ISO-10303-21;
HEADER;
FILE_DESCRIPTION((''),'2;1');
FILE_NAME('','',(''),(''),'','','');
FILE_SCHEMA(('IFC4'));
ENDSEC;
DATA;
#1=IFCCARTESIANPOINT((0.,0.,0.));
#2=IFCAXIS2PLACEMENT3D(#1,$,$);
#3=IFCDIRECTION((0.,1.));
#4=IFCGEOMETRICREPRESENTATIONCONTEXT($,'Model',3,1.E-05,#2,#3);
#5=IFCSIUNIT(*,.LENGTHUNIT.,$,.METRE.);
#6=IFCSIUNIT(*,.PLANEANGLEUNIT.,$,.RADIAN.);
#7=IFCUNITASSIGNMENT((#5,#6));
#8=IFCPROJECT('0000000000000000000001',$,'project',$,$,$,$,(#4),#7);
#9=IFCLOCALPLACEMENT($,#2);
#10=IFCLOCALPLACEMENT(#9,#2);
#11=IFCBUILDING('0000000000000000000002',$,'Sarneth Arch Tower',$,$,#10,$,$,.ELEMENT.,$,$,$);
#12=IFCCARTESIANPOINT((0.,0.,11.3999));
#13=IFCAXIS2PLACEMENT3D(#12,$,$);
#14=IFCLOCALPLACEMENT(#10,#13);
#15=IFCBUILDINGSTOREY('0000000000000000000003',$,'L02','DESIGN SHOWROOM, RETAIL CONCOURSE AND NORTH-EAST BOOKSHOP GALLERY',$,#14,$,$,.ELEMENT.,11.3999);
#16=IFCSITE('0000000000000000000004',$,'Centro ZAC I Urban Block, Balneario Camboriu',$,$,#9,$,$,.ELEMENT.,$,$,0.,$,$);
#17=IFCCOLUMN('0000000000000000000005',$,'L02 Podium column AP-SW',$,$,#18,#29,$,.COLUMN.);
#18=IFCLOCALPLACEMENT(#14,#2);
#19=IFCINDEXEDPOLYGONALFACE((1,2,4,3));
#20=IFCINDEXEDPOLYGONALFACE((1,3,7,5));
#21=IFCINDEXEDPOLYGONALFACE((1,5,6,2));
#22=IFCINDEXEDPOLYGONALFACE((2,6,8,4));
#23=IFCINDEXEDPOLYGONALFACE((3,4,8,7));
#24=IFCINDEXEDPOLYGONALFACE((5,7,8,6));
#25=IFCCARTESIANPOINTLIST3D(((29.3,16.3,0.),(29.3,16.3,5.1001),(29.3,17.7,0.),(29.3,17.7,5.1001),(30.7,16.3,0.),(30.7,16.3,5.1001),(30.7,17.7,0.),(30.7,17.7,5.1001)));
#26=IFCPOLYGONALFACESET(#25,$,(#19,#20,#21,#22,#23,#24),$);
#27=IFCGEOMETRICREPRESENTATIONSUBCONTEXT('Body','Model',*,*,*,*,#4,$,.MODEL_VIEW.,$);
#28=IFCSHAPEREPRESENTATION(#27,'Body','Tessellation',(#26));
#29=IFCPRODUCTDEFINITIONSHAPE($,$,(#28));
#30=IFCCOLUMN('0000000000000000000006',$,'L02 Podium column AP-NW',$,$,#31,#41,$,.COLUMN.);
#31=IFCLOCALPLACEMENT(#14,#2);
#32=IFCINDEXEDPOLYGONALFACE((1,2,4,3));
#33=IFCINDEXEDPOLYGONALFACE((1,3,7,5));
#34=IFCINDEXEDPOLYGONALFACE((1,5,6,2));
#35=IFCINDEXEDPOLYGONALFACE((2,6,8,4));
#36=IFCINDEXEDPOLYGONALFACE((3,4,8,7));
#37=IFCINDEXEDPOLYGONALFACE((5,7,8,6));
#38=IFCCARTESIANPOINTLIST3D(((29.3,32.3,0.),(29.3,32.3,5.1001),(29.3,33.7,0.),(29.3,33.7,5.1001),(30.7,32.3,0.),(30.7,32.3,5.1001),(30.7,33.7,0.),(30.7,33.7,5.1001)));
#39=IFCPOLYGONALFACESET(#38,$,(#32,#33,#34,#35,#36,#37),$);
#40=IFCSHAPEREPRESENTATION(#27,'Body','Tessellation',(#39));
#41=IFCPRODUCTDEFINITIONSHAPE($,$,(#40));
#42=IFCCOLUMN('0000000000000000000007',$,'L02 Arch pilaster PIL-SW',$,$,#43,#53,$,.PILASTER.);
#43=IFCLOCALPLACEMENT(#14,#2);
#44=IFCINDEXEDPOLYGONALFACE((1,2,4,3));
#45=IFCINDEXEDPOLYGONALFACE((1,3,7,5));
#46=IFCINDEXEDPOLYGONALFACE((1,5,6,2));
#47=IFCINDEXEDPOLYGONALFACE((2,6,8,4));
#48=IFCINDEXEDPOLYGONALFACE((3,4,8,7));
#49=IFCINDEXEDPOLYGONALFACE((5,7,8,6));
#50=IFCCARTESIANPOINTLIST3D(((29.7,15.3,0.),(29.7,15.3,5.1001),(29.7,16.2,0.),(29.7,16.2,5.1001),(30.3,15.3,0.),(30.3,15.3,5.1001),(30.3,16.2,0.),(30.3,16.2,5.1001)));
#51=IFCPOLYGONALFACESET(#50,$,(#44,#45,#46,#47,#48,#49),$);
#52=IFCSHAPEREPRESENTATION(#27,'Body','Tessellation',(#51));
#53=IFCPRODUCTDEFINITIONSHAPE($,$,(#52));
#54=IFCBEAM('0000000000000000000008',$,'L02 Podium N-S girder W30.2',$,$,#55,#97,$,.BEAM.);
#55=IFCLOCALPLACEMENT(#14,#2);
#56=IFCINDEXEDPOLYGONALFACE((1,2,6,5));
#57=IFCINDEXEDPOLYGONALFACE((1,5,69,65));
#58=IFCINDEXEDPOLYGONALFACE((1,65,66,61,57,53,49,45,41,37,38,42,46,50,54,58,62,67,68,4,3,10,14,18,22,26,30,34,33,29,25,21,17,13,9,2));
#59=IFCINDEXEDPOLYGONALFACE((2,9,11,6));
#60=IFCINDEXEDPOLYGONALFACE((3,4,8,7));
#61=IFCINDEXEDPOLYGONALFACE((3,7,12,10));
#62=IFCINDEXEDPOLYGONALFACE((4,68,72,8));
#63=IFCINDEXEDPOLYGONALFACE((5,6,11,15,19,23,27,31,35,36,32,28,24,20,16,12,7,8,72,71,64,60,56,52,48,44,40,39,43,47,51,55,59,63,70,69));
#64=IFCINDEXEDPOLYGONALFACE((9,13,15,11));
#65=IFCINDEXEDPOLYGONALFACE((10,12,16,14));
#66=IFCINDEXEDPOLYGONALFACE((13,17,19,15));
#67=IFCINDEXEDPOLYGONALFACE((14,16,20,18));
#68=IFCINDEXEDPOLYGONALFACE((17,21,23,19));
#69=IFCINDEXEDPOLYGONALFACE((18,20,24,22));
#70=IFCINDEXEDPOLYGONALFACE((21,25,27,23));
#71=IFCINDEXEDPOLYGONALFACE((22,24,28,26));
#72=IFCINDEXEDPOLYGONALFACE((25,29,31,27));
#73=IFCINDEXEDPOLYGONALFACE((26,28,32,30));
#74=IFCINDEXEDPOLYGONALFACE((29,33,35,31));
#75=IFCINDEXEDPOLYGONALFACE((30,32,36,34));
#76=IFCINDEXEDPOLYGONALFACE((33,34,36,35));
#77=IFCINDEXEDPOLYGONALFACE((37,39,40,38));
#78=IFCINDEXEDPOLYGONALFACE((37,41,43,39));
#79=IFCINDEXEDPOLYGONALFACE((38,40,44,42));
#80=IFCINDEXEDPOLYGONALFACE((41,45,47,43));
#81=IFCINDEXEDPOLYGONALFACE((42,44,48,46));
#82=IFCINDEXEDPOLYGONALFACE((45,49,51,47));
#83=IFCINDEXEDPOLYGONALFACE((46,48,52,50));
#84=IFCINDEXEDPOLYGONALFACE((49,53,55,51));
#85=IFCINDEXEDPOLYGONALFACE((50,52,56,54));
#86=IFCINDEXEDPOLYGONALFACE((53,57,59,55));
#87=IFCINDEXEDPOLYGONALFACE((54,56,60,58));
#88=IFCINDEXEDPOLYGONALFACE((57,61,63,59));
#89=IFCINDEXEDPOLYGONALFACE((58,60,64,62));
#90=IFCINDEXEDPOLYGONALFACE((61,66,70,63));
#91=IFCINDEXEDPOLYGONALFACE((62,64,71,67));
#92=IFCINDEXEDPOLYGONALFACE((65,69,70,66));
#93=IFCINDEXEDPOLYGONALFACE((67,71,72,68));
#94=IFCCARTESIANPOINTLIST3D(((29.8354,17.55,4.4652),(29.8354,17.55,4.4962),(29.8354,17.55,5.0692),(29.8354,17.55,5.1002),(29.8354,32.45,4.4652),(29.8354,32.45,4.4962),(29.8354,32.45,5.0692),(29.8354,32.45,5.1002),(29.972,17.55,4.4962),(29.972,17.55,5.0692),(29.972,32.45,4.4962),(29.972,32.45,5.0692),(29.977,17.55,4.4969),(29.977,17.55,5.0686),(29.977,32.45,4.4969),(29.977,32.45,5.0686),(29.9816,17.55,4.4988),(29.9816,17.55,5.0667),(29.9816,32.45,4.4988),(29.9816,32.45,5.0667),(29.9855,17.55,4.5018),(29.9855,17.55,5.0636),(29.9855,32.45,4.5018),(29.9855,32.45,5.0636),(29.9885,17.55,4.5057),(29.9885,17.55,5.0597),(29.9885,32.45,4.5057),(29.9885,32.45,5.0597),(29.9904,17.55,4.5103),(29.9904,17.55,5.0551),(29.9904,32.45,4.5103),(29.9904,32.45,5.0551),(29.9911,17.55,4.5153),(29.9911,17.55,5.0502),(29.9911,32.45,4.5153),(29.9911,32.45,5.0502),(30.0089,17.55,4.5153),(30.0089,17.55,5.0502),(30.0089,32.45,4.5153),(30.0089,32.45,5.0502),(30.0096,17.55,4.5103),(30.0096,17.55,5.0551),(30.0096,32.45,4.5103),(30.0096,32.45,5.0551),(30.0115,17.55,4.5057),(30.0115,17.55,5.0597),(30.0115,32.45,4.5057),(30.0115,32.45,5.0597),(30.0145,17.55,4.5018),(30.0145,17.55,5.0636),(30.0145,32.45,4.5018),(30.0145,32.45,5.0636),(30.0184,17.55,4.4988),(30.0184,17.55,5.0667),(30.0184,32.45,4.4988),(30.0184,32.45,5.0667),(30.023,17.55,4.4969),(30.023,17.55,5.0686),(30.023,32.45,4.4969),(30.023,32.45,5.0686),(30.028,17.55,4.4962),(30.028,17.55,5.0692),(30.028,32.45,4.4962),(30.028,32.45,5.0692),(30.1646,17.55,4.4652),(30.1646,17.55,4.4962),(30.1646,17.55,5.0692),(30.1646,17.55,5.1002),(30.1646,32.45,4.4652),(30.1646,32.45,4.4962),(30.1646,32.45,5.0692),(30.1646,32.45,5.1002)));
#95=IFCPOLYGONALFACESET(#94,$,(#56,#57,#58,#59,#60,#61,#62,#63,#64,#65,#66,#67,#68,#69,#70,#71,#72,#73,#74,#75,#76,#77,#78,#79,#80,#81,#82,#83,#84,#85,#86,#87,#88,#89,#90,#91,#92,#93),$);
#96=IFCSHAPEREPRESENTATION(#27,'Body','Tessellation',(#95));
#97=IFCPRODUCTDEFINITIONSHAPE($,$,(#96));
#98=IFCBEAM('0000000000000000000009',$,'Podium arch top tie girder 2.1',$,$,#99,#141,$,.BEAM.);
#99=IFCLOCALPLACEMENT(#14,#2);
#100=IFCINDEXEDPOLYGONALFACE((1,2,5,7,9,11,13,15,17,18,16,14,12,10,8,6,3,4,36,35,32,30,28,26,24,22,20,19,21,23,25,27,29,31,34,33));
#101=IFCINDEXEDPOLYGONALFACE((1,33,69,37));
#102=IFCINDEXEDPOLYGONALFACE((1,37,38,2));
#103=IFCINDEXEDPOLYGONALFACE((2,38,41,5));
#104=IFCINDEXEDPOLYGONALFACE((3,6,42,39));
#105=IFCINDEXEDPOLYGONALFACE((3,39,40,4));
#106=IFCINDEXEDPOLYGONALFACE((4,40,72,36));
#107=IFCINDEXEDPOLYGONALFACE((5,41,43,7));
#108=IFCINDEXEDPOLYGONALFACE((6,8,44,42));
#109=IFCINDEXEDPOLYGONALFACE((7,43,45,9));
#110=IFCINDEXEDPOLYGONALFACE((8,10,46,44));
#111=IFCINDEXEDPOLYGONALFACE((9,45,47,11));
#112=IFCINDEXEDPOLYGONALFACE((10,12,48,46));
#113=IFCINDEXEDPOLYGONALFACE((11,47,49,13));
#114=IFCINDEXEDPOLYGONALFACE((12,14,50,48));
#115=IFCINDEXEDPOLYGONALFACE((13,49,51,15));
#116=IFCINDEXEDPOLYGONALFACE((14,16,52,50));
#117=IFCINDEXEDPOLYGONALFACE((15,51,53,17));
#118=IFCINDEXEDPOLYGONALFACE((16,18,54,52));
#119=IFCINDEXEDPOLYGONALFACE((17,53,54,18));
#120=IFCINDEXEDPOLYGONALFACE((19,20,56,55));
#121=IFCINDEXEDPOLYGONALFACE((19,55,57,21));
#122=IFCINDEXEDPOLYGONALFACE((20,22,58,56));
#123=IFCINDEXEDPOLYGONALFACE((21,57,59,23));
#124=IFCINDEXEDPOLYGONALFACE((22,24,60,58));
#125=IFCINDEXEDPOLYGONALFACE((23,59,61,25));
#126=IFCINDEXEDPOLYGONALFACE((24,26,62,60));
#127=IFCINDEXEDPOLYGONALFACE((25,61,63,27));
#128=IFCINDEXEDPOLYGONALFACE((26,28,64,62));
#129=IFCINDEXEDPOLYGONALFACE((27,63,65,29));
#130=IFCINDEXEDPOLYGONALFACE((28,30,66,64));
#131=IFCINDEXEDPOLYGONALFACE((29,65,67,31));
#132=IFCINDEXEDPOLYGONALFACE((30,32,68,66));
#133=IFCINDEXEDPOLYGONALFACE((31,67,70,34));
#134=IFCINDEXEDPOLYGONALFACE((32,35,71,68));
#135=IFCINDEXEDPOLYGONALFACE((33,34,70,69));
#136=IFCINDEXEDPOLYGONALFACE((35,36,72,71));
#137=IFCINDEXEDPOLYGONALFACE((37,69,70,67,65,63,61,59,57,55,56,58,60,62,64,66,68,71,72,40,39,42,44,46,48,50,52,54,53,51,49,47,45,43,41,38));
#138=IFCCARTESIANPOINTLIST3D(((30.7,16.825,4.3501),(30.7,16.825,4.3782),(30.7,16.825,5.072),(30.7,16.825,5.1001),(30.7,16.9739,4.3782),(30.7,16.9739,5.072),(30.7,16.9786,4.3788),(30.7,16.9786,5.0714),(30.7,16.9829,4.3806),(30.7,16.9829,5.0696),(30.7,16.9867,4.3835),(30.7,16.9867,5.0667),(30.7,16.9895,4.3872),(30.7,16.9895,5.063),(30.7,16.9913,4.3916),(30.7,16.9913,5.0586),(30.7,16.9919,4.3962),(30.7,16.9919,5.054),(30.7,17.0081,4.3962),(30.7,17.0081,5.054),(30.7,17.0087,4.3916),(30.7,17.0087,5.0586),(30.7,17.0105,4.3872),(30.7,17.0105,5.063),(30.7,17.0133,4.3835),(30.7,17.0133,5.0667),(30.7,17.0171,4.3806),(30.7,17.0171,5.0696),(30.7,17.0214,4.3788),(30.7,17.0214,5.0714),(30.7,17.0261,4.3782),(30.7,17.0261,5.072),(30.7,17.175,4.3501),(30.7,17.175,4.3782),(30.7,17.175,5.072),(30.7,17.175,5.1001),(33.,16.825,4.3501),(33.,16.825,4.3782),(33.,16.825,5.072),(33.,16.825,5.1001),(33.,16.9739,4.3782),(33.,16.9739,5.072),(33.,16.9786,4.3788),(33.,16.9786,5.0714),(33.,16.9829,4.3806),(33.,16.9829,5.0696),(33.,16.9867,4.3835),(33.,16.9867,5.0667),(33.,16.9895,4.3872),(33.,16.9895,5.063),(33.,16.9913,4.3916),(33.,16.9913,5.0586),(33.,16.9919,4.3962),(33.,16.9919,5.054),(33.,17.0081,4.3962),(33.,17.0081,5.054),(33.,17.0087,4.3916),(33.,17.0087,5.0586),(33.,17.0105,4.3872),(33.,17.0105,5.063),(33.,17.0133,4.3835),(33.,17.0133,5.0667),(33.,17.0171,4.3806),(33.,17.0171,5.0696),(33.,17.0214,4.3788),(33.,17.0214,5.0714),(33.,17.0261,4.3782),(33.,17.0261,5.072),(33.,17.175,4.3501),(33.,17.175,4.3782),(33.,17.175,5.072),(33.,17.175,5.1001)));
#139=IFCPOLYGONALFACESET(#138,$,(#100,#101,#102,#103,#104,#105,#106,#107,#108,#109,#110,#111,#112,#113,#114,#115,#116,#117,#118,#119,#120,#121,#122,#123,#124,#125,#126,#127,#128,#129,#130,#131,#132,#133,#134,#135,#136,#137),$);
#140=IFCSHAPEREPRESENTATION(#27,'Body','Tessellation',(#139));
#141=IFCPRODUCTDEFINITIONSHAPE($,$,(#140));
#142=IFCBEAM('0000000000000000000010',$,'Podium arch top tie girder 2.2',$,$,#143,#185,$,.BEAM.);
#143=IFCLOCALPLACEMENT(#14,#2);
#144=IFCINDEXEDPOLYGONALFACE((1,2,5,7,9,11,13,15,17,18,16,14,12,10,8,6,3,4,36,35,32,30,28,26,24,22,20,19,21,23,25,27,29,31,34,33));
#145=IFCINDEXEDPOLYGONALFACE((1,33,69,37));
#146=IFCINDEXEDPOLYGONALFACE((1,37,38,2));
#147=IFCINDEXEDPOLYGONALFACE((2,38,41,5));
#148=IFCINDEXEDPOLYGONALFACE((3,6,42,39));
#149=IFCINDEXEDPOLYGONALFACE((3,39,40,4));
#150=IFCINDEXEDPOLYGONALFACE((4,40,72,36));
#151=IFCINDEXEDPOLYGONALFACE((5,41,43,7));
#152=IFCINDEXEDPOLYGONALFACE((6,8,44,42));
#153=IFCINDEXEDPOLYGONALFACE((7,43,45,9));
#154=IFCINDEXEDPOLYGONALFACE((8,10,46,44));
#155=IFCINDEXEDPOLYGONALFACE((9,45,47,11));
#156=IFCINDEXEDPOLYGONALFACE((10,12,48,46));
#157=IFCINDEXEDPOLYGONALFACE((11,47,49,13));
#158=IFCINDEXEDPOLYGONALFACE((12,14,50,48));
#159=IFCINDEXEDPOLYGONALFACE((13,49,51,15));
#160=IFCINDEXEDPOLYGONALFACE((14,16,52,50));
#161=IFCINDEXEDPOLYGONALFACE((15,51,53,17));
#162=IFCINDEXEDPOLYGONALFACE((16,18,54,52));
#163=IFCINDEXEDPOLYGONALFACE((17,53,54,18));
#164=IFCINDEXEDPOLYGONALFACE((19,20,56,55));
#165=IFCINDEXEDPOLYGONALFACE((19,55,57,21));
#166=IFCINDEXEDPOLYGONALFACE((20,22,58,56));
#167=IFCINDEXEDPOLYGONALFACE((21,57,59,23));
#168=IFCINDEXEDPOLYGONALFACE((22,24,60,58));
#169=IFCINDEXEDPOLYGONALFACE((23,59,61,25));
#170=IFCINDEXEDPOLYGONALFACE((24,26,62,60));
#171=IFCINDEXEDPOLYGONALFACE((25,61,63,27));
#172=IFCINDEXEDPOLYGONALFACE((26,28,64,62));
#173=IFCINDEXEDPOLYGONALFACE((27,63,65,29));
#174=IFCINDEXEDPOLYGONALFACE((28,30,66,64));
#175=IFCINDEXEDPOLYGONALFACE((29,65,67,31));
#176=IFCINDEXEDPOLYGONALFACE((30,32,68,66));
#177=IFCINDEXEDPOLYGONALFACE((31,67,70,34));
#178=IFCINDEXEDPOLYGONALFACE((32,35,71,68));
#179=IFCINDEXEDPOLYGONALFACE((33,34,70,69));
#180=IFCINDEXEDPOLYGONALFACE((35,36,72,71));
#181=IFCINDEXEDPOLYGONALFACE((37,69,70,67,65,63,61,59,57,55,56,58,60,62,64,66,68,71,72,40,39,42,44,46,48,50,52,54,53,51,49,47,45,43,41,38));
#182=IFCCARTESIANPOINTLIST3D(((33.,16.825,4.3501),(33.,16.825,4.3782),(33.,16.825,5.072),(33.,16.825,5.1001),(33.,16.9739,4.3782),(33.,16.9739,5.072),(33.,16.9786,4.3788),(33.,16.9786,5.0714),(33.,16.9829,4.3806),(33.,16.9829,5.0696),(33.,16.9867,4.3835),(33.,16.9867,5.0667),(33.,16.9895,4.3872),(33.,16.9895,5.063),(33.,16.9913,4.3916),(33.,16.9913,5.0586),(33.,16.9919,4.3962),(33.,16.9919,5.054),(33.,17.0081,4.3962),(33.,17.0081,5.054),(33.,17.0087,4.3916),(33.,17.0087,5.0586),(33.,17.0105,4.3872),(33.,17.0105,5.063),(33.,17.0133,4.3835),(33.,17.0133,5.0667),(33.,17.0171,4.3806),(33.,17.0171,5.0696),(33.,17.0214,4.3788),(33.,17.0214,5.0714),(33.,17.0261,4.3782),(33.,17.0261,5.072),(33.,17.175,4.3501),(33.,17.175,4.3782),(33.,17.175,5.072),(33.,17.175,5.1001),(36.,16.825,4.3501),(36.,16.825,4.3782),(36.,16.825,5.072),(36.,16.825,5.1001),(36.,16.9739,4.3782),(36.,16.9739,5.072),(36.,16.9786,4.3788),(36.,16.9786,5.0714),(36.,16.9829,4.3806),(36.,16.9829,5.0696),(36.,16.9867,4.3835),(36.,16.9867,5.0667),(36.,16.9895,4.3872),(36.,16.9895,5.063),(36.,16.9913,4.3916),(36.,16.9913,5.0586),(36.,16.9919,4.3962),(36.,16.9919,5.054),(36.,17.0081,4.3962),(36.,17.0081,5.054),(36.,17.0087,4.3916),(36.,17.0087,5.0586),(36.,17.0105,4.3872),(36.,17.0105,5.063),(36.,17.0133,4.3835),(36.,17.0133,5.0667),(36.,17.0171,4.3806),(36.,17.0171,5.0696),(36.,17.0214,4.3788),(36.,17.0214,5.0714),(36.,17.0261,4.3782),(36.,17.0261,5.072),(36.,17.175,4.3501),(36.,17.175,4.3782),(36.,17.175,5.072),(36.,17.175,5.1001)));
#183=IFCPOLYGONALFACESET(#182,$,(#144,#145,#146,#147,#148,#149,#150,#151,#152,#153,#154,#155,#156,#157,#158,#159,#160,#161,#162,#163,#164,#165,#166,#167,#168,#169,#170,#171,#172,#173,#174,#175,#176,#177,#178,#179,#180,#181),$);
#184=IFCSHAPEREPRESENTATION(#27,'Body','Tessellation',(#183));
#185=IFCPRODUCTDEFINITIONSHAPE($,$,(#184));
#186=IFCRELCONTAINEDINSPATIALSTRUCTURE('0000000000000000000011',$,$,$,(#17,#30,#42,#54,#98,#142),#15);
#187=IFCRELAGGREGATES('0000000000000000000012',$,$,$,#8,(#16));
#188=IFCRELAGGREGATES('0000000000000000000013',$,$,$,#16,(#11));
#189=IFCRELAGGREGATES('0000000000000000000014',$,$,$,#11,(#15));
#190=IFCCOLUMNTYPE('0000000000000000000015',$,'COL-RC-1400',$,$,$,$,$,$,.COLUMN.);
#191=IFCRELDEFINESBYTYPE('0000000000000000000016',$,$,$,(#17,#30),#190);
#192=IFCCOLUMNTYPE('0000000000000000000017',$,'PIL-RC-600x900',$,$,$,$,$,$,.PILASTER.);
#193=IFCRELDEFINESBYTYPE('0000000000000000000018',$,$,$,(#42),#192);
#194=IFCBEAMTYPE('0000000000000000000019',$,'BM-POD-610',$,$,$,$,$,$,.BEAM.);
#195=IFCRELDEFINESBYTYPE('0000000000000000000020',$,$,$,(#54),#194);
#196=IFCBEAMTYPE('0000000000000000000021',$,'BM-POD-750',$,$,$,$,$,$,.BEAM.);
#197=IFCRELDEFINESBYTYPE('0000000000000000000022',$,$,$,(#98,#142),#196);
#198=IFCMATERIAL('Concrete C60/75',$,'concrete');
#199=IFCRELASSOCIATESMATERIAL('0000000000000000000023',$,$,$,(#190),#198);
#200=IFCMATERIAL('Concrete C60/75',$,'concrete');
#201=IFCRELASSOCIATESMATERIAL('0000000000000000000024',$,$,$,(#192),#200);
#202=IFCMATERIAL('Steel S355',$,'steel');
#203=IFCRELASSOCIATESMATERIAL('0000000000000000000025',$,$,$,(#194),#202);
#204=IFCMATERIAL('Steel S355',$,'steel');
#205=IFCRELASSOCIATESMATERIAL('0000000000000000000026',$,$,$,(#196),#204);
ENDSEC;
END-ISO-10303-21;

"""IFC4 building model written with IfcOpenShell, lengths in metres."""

from ifc_helpers import new_model, si_unit, direction, frame, origin, origin_2d, place, context, subcontext, project, spatial, rectangle, i_section, extrude, material, material_profile, profile_set, type_object, element, save


model = new_model("IFC4")

# Units and contexts
model_context = context("Model", 3, precision=1e-05, world=origin(), true_north=direction((0.0, 1.0)))
body_context = subcontext(model_context, "Body", "Model", "MODEL_VIEW")
ifc_project = project(units=[si_unit("LENGTHUNIT", "METRE"), si_unit("PLANEANGLEUNIT", "RADIAN")], contexts=[model_context])

# Site, building, storey
site_placement = place(None, origin())
site = spatial("IfcSite", under=ifc_project, at=site_placement, Name="Centro ZAC I Urban Block, Balneario Camboriu", CompositionType="ELEMENT", RefElevation=0.0)
building_placement = place(site_placement, origin())
building = spatial("IfcBuilding", under=site, at=building_placement, Name="Sarneth Arch Tower", CompositionType="ELEMENT")
storey_placement = place(building_placement, frame((0.0, 0.0, 11.3999)))
storey = spatial("IfcBuildingStorey", under=building, at=storey_placement, Name="L02", Description="DESIGN SHOWROOM, RETAIL CONCOURSE AND NORTH-EAST BOOKSHOP GALLERY", CompositionType="ELEMENT", Elevation=11.3999)

# Columns
ifc_material_1 = material(Name="Concrete C60/75", Category="concrete")
ifc_material_profile_1 = material_profile(ifc_material_1, rectangle(XDim=1.3999, YDim=1.3999, at=origin_2d()), Name="RC-1400x1400")
ifc_profile_set_1 = profile_set([ifc_material_profile_1], Name="Concrete C60/75")
column_type_1 = type_object("IfcColumnType", Name="COL-RC-1400", PredefinedType="COLUMN", material=ifc_profile_set_1)
for number, where, z_axis, x_axis, name in (
    (1, (30.0, 17.0, 0.0), (0.0, 0.0, 1.0), (1.0, 0.0, 0.0), "L02 Podium column AP-SW"),
    (2, (30.0, 33.0, 0.0), (0.0, 0.0, 1.0), (1.0, 0.0, 0.0), "L02 Podium column AP-NW"),
):
    element("IfcColumn", number, at=place(storey_placement, frame(where, z_axis=z_axis, x_axis=x_axis)), inside=storey, type_object=column_type_1, Name=name, PredefinedType="COLUMN", context=body_context, shape_type="SweptSolid", body=[
        extrude(rectangle(XDim=1.3999, YDim=1.3999, at=origin_2d()), origin(), (0.0, 0.0, 1.0), 5.1001),
    ])
ifc_material_2 = material(Name="Concrete C60/75", Category="concrete")
ifc_material_profile_2 = material_profile(ifc_material_2, rectangle(XDim=0.6001, YDim=0.8999, at=origin_2d()), Name="RC-600x900")
ifc_profile_set_2 = profile_set([ifc_material_profile_2], Name="Concrete C60/75")
column_type_2 = type_object("IfcColumnType", Name="PIL-RC-600x900", PredefinedType="PILASTER", material=ifc_profile_set_2)
column_placement = place(storey_placement, frame((30.0, 15.75, 0.0), z_axis=(0.0, 0.0, 1.0), x_axis=(1.0, 0.0, 0.0)))
element("IfcColumn", 3, at=column_placement, inside=storey, type_object=column_type_2, Name="L02 Arch pilaster PIL-SW", PredefinedType="PILASTER", context=body_context, shape_type="SweptSolid", body=[
    extrude(rectangle(XDim=0.6001, YDim=0.8999, at=origin_2d()), origin(), (0.0, 0.0, 1.0), 5.1001),
])

# Beams
ifc_material_3 = material(Name="Steel S355", Category="steel")
ifc_material_profile_3 = material_profile(ifc_material_3, i_section(OverallWidth=0.3291, OverallDepth=0.635, WebThickness=0.0178, FlangeThickness=0.031, FilletRadius=0.019, at=origin_2d()), Name="W610x241")
ifc_profile_set_3 = profile_set([ifc_material_profile_3], Name="Steel S355")
beam_type_1 = type_object("IfcBeamType", Name="BM-POD-610", PredefinedType="BEAM", material=ifc_profile_set_3)
beam_1_placement = place(storey_placement, frame((30.0, 17.55, 4.7827), z_axis=(0.0, 1.0, 0.0), x_axis=(-1.0, 0.0, 0.0)))
element("IfcBeam", 4, at=beam_1_placement, inside=storey, type_object=beam_type_1, Name="L02 Podium N-S girder W30.2", PredefinedType="BEAM", context=body_context, shape_type="SweptSolid", body=[
    extrude(i_section(OverallWidth=0.3291, OverallDepth=0.635, WebThickness=0.0178, FlangeThickness=0.031, FilletRadius=0.019, at=origin_2d()), origin(), (0.0, 0.0, 1.0), 14.8999),
])
ifc_material_4 = material(Name="Steel S355", Category="steel")
ifc_material_profile_4 = material_profile(ifc_material_4, i_section(OverallWidth=0.3501, OverallDepth=0.75, WebThickness=0.0161, FlangeThickness=0.0281, FilletRadius=0.0181, at=origin_2d()), Name="CVS750x268")
ifc_profile_set_4 = profile_set([ifc_material_profile_4], Name="Steel S355")
beam_type_2 = type_object("IfcBeamType", Name="BM-POD-750", PredefinedType="BEAM", material=ifc_profile_set_4)
beam_2_placement = place(storey_placement, frame((30.7, 17.0, 4.7251), z_axis=(1.0, 0.0, 0.0), x_axis=(0.0, 1.0, 0.0)))
element("IfcBeam", 5, at=beam_2_placement, inside=storey, type_object=beam_type_2, Name="Podium arch top tie girder 2.1", PredefinedType="BEAM", context=body_context, shape_type="SweptSolid", body=[
    extrude(i_section(OverallWidth=0.3501, OverallDepth=0.75, WebThickness=0.0161, FlangeThickness=0.0281, FilletRadius=0.0181, at=origin_2d()), origin(), (0.0, 0.0, 1.0), 2.3),
])
for number, where, z_axis, x_axis, name in (
    (6, (33.0, 17.0, 4.7251), (1.0, 0.0, 0.0), (0.0, 1.0, 0.0), "Podium arch top tie girder 2.2"),
):
    element("IfcBeam", number, at=place(storey_placement, frame(where, z_axis=z_axis, x_axis=x_axis)), inside=storey, type_object=beam_type_2, Name=name, PredefinedType="BEAM", context=body_context, shape_type="SweptSolid", body=[
        extrude(i_section(OverallWidth=0.3501, OverallDepth=0.75, WebThickness=0.0161, FlangeThickness=0.0281, FilletRadius=0.0181, at=origin_2d()), origin(), (0.0, 0.0, 1.0), 3.0),
    ])

save(model, "model.ifc")
